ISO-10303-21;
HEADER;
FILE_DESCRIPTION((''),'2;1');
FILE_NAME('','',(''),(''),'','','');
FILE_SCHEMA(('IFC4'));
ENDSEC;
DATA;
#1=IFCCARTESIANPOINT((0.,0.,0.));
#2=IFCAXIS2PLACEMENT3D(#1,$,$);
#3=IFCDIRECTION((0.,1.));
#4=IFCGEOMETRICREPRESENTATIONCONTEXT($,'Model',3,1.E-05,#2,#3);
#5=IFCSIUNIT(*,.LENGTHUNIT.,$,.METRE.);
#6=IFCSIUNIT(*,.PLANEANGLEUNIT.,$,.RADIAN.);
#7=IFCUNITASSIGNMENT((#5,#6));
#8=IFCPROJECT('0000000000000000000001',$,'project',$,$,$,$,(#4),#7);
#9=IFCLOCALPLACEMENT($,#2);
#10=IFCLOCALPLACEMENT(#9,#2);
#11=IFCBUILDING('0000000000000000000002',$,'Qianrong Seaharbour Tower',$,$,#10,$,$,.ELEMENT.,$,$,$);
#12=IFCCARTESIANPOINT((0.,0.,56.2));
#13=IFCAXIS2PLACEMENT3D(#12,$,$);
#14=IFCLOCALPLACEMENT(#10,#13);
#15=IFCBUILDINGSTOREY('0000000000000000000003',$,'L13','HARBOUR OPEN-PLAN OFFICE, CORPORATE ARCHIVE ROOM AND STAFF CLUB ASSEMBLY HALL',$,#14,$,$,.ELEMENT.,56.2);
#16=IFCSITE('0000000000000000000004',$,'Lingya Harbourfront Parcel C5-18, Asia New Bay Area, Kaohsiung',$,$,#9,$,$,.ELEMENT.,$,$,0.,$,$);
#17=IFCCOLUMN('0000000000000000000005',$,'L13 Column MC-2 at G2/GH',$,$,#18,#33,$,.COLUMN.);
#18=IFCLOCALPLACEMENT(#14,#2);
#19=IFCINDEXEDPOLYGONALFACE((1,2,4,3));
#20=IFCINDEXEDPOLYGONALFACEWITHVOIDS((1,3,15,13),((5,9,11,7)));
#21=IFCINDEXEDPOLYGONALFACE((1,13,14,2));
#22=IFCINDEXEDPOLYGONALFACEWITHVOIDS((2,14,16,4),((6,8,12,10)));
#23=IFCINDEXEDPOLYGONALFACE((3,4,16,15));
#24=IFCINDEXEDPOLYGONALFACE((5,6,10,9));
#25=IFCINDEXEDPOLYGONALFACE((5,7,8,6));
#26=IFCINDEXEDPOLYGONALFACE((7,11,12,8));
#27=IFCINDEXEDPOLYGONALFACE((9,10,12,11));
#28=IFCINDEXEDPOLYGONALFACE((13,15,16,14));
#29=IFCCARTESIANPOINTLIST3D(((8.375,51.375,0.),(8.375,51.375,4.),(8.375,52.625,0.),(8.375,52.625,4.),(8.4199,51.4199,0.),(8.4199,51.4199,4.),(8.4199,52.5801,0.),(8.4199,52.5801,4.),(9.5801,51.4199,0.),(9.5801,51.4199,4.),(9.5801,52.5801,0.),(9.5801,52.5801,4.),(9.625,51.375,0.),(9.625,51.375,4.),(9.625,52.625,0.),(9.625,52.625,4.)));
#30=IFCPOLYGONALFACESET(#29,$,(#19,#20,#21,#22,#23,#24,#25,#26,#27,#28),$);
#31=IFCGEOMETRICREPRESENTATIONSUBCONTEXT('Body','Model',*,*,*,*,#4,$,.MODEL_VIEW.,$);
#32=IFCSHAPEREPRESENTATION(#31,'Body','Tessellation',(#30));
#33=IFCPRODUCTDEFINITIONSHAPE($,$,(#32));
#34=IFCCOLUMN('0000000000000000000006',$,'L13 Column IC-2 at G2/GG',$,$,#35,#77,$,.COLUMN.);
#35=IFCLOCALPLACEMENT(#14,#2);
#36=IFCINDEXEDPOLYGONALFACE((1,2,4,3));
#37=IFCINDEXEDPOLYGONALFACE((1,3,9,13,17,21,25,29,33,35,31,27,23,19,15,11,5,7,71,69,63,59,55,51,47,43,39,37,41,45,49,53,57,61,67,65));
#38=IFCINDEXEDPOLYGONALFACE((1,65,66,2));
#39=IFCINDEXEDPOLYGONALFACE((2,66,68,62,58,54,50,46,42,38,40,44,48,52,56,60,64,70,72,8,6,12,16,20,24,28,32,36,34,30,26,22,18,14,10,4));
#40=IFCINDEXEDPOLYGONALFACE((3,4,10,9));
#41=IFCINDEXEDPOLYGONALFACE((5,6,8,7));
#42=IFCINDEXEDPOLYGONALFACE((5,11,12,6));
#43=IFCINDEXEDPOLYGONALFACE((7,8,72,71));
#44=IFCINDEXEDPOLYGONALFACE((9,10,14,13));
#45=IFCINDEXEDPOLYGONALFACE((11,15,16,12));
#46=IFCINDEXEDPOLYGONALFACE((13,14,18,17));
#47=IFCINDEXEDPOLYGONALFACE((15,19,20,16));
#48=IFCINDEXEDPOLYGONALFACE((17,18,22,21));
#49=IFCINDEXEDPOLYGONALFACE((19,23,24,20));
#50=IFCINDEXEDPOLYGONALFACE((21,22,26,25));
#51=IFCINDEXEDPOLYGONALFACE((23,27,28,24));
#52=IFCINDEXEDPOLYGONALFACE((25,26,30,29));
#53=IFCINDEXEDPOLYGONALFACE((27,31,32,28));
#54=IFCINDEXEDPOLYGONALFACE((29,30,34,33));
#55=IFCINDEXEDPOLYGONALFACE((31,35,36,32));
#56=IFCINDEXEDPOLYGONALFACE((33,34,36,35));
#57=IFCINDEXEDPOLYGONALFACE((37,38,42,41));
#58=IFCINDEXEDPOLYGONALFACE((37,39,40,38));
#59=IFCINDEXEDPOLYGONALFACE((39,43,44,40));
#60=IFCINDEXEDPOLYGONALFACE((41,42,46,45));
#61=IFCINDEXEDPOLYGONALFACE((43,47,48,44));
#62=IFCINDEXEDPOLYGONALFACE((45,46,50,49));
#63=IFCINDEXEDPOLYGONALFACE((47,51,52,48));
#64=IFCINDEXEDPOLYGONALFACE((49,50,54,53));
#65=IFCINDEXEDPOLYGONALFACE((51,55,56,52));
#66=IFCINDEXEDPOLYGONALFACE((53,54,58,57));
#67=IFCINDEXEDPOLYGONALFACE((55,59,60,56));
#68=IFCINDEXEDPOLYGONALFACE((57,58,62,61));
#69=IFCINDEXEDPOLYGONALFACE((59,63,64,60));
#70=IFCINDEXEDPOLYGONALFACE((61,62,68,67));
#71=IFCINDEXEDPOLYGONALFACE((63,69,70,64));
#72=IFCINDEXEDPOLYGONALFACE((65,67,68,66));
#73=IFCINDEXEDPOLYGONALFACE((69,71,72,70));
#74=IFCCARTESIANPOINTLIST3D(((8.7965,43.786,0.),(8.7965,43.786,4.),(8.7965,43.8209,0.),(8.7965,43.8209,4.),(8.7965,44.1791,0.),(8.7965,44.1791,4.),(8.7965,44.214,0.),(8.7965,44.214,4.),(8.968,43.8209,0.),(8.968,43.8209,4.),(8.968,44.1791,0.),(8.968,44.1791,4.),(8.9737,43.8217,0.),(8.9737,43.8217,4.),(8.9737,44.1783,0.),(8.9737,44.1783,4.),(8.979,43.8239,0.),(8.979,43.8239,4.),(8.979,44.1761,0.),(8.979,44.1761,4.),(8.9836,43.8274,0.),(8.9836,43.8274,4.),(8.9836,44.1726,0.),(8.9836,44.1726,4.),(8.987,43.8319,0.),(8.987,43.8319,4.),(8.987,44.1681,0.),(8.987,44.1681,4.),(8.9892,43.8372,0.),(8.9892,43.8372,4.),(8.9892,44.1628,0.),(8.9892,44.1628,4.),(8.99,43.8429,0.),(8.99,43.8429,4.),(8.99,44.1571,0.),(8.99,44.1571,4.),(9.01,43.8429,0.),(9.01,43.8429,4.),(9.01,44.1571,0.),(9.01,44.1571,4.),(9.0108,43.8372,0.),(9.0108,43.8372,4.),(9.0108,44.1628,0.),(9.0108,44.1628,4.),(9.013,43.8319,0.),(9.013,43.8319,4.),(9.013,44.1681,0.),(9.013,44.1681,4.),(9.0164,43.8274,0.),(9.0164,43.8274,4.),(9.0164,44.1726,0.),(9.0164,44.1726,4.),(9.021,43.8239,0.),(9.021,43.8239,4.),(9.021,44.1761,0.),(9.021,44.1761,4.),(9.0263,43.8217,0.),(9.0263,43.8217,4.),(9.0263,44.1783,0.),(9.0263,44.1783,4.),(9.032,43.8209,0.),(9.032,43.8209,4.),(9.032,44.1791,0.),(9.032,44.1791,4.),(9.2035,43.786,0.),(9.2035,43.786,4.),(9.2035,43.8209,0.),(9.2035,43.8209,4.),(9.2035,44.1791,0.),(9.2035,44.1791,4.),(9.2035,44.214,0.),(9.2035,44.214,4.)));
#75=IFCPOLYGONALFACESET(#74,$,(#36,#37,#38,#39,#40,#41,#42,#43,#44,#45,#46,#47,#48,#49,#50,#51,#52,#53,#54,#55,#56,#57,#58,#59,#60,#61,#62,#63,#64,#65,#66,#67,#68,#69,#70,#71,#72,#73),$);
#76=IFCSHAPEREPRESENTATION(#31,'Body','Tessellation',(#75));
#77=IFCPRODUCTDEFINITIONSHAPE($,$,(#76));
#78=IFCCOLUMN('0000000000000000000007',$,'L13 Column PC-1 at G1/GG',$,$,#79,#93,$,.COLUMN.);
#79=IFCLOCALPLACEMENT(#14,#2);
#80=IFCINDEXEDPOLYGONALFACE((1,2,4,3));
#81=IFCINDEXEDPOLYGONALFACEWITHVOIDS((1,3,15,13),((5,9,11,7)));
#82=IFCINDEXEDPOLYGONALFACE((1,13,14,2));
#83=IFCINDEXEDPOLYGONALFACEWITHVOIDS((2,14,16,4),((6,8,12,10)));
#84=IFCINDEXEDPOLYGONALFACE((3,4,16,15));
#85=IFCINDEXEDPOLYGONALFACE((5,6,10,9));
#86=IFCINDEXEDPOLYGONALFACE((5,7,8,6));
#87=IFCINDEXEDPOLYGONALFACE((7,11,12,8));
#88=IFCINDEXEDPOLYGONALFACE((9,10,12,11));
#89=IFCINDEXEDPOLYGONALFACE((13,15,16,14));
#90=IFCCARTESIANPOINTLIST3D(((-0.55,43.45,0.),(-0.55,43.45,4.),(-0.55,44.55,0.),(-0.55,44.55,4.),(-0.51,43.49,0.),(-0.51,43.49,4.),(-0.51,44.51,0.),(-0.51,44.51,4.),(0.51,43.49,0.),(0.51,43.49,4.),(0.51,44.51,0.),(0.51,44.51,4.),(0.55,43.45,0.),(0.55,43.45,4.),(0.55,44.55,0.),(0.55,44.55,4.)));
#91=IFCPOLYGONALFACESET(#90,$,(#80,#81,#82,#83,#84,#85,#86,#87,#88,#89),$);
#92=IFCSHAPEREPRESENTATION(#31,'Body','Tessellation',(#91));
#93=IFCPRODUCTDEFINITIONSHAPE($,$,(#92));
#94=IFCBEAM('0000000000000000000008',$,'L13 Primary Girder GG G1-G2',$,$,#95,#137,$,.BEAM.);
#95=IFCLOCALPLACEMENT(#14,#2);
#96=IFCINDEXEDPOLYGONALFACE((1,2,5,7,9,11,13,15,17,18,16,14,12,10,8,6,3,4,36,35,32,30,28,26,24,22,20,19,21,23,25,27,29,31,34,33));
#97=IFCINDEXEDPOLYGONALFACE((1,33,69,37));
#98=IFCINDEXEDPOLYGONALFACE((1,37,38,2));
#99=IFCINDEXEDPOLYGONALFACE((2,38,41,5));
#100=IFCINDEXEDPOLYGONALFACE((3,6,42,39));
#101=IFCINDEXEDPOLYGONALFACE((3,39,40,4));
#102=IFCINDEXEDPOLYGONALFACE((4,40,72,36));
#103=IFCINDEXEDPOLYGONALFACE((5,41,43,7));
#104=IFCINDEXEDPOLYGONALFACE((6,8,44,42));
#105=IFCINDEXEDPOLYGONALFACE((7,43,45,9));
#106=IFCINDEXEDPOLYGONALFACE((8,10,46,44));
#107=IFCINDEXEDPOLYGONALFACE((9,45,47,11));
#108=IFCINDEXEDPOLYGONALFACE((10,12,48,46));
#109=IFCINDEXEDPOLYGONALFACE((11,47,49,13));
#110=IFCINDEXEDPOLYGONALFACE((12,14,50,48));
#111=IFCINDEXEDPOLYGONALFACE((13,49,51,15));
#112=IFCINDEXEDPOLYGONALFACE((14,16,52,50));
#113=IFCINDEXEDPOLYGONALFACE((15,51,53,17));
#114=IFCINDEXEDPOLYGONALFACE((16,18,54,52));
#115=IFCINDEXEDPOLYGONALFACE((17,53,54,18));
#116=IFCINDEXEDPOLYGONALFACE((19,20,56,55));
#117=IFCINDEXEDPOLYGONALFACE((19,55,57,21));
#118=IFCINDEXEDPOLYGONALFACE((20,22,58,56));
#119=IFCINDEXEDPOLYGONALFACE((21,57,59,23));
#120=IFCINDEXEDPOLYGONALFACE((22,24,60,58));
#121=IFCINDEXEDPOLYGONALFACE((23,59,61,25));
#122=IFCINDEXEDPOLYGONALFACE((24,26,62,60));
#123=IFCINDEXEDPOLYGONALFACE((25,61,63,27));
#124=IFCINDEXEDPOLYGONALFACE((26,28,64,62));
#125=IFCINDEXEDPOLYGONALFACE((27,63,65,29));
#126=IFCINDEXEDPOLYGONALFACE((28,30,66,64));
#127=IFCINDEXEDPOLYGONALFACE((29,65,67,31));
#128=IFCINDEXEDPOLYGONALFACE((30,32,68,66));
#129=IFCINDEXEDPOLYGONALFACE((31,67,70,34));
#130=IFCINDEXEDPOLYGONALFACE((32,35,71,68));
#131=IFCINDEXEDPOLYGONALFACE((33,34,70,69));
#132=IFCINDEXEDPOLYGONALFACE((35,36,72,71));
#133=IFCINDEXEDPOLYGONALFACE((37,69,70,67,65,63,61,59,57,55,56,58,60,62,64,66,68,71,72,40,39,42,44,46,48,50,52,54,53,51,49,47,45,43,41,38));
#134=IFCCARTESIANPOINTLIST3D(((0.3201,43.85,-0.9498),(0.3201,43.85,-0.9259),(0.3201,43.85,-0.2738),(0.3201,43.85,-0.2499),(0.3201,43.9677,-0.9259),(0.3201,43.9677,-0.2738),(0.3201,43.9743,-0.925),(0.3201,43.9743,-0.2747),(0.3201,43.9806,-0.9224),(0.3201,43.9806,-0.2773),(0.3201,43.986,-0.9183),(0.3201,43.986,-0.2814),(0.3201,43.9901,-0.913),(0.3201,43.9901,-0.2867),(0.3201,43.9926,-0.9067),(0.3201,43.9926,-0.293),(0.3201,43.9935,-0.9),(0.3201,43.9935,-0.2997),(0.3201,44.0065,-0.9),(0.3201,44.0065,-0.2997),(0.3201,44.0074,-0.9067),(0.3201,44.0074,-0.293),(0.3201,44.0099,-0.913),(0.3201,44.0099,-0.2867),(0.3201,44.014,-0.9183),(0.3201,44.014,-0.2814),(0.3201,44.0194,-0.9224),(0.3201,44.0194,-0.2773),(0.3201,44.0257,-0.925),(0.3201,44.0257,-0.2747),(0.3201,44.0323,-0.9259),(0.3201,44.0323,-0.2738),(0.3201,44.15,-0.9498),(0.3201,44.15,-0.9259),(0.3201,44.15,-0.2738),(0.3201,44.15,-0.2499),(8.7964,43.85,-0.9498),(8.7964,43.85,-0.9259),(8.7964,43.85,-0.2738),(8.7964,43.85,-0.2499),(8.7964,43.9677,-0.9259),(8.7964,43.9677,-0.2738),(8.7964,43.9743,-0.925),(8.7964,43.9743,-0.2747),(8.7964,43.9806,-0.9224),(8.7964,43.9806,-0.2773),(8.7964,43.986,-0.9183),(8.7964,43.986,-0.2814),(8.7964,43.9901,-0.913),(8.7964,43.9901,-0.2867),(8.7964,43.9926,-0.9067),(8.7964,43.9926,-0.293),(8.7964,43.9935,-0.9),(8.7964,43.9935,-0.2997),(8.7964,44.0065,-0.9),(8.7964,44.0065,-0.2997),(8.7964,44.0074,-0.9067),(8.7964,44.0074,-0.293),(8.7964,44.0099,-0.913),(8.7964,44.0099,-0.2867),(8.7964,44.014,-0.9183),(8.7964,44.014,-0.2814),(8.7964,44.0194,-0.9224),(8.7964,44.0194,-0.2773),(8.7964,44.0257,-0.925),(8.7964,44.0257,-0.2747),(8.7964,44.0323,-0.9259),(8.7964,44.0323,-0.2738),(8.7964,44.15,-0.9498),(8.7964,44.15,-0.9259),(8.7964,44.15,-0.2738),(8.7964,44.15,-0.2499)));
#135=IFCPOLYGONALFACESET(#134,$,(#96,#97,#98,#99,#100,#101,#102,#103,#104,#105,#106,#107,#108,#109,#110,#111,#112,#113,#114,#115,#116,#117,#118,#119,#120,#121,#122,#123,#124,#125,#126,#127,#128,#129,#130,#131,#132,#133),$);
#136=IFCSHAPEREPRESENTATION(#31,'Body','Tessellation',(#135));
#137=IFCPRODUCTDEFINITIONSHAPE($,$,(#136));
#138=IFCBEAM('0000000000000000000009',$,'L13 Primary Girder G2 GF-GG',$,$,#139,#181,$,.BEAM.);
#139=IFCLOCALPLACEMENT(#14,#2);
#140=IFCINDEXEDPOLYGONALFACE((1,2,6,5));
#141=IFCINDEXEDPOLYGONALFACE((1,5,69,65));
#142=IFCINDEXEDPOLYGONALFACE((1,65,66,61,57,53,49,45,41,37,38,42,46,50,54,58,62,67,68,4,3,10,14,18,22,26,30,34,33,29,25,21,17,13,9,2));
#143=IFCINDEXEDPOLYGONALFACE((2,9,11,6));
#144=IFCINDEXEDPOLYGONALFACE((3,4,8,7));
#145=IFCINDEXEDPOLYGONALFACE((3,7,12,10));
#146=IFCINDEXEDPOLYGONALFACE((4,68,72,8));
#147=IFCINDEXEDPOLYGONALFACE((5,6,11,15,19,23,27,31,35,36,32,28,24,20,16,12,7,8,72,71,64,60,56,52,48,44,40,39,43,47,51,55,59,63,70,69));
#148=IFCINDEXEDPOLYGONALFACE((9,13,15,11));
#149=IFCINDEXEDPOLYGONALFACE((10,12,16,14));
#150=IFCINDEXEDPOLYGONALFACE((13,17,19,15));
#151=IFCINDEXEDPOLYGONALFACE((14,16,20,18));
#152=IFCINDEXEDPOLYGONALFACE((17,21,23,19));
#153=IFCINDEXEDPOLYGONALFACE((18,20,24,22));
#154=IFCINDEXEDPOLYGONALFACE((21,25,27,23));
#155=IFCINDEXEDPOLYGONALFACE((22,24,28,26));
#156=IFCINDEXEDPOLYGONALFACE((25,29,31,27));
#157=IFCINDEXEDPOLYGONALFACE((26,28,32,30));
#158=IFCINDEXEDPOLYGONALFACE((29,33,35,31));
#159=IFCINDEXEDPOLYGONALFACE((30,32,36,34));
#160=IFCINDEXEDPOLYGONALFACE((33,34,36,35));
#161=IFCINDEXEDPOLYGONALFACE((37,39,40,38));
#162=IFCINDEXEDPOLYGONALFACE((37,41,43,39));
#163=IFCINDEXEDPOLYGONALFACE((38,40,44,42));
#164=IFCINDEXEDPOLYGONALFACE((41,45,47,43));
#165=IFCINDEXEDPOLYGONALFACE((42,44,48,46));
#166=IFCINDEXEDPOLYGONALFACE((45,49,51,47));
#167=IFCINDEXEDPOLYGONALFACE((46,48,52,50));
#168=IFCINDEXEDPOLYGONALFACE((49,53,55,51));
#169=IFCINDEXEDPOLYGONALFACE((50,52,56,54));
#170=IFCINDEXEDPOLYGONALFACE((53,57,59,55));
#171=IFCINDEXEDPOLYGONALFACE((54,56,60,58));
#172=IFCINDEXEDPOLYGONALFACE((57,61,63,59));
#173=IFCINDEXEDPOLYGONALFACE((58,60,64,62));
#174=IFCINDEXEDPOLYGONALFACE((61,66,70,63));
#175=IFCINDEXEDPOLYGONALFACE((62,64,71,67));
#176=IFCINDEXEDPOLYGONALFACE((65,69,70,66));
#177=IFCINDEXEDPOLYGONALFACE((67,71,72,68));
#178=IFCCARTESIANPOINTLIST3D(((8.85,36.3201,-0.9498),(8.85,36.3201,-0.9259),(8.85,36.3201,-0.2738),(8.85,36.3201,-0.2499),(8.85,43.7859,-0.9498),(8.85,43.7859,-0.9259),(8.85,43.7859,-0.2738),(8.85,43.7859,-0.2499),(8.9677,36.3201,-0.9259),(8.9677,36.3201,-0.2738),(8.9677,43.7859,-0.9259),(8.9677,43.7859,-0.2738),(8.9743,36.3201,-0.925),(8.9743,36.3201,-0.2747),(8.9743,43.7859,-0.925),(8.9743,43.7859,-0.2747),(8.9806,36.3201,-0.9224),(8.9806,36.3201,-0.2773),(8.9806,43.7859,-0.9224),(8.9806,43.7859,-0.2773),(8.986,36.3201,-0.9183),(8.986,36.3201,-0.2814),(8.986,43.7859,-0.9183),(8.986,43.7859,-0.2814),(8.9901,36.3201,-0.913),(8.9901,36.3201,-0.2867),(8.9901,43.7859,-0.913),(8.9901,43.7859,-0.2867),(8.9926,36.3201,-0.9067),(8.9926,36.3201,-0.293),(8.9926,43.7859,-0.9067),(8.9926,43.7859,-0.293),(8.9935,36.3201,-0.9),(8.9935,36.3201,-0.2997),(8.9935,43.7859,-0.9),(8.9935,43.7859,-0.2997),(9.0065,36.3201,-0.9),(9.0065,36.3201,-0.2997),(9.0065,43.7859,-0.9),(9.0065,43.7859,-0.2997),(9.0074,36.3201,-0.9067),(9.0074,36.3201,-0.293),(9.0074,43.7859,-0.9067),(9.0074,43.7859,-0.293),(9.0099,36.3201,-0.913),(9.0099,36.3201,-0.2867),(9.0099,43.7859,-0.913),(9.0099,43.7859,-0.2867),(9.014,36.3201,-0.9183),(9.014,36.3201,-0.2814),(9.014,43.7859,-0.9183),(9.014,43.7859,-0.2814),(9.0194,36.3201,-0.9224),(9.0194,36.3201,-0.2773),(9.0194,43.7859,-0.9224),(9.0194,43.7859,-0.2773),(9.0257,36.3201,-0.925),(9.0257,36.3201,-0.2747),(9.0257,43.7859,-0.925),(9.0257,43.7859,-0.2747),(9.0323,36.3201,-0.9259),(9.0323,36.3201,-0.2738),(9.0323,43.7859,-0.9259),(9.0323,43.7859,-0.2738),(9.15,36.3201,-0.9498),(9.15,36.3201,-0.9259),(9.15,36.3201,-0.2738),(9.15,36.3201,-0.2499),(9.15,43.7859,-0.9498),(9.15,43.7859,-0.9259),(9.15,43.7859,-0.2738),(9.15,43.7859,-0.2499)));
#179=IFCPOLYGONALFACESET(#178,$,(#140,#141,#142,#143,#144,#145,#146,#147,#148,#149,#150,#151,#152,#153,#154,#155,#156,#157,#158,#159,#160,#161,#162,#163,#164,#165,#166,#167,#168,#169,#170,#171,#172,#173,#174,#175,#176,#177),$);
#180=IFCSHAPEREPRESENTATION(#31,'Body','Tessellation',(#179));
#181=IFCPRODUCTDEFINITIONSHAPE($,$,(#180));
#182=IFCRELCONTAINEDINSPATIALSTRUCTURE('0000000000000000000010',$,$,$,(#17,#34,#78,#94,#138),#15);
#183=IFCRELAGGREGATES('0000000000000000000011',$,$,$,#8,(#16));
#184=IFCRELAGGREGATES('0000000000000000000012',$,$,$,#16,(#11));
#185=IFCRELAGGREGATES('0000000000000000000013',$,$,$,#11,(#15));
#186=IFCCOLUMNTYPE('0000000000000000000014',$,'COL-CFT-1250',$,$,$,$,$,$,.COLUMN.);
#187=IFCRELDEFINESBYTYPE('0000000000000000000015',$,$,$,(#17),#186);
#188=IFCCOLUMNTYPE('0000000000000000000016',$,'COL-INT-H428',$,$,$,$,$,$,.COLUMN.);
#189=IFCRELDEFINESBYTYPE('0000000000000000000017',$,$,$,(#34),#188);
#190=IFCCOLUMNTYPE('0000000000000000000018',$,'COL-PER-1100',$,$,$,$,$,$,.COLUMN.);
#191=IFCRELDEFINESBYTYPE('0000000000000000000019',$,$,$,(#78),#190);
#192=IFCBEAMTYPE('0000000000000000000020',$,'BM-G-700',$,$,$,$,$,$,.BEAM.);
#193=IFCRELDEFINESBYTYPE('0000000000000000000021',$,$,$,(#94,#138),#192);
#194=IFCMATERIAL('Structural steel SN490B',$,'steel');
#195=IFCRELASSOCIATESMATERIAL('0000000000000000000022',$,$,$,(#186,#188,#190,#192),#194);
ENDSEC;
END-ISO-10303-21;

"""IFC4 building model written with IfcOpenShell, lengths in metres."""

from ifc_helpers import new_model, si_unit, direction, frame, origin, origin_2d, place, context, subcontext, project, spatial, hollow_rectangle, i_section, extrude, material, material_profile, profile_set, type_object, element, save


model = new_model("IFC4")

# Units and contexts
model_context = context("Model", 3, precision=1e-05, world=origin(), true_north=direction((0.0, 1.0)))
body_context = subcontext(model_context, "Body", "Model", "MODEL_VIEW")
ifc_project = project(units=[si_unit("LENGTHUNIT", "METRE"), si_unit("PLANEANGLEUNIT", "RADIAN")], contexts=[model_context])

# Site, building, storey
site_placement = place(None, origin())
site = spatial("IfcSite", under=ifc_project, at=site_placement, Name="Lingya Harbourfront Parcel C5-18, Asia New Bay Area, Kaohsiung", CompositionType="ELEMENT", RefElevation=0.0)
building_placement = place(site_placement, origin())
building = spatial("IfcBuilding", under=site, at=building_placement, Name="Qianrong Seaharbour Tower", CompositionType="ELEMENT")
storey_placement = place(building_placement, frame((0.0, 0.0, 56.2)))
storey = spatial("IfcBuildingStorey", under=building, at=storey_placement, Name="L13", Description="HARBOUR OPEN-PLAN OFFICE, CORPORATE ARCHIVE ROOM AND STAFF CLUB ASSEMBLY HALL", CompositionType="ELEMENT", Elevation=56.2)

# Columns
ifc_material_1 = material(Name="Structural steel SN490B", Category="steel")
ifc_material_profile_1 = material_profile(ifc_material_1, hollow_rectangle(XDim=1.25, YDim=1.25, WallThickness=0.0449, at=origin_2d()), Name="BOX1250x1250x45")
ifc_profile_set_1 = profile_set([ifc_material_profile_1], Name="Structural steel SN490B")
column_type_1 = type_object("IfcColumnType", Name="COL-CFT-1250", PredefinedType="COLUMN", material=ifc_profile_set_1)
column_1_placement = place(storey_placement, frame((9.0, 52.0, 0.0), z_axis=(0.0, 0.0, 1.0), x_axis=(1.0, 0.0, 0.0)))
element("IfcColumn", 1, at=column_1_placement, inside=storey, type_object=column_type_1, Name="L13 Column MC-2 at G2/GH", PredefinedType="COLUMN", context=body_context, shape_type="SweptSolid", body=[
    extrude(hollow_rectangle(XDim=1.25, YDim=1.25, WallThickness=0.0449, at=origin_2d()), origin(), (0.0, 0.0, 1.0), 4.0),
])
ifc_material_profile_2 = material_profile(ifc_material_1, i_section(OverallWidth=0.407, OverallDepth=0.428, WebThickness=0.02, FlangeThickness=0.0349, FilletRadius=0.022, at=origin_2d()), Name="H428x407x20x35")
ifc_profile_set_2 = profile_set([ifc_material_profile_2], Name="Structural steel SN490B")
column_type_2 = type_object("IfcColumnType", Name="COL-INT-H428", PredefinedType="COLUMN", material=ifc_profile_set_2)
column_2_placement = place(storey_placement, frame((9.0, 44.0, 0.0), z_axis=(0.0, 0.0, 1.0), x_axis=(1.0, 0.0, 0.0)))
element("IfcColumn", 2, at=column_2_placement, inside=storey, type_object=column_type_2, Name="L13 Column IC-2 at G2/GG", PredefinedType="COLUMN", context=body_context, shape_type="SweptSolid", body=[
    extrude(i_section(OverallWidth=0.407, OverallDepth=0.428, WebThickness=0.02, FlangeThickness=0.0349, FilletRadius=0.022, at=origin_2d()), origin(), (0.0, 0.0, 1.0), 4.0),
])
ifc_material_profile_3 = material_profile(ifc_material_1, hollow_rectangle(XDim=1.1001, YDim=1.1001, WallThickness=0.04, at=origin_2d()), Name="BOX1100x1100x40")
ifc_profile_set_3 = profile_set([ifc_material_profile_3], Name="Structural steel SN490B")
column_type_3 = type_object("IfcColumnType", Name="COL-PER-1100", PredefinedType="COLUMN", material=ifc_profile_set_3)
column_3_placement = place(storey_placement, frame((0.0, 44.0, 0.0), z_axis=(0.0, 0.0, 1.0), x_axis=(1.0, 0.0, 0.0)))
element("IfcColumn", 3, at=column_3_placement, inside=storey, type_object=column_type_3, Name="L13 Column PC-1 at G1/GG", PredefinedType="COLUMN", context=body_context, shape_type="SweptSolid", body=[
    extrude(hollow_rectangle(XDim=1.1001, YDim=1.1001, WallThickness=0.04, at=origin_2d()), origin(), (0.0, 0.0, 1.0), 4.0),
])

# Beams
ifc_material_profile_4 = material_profile(ifc_material_1, i_section(OverallWidth=0.3, OverallDepth=0.7, WebThickness=0.0129, FlangeThickness=0.0239, FilletRadius=0.0259, at=origin_2d()), Name="H700x300x13x24")
ifc_profile_set_4 = profile_set([ifc_material_profile_4], Name="Structural steel SN490B")
beam_type_1 = type_object("IfcBeamType", Name="BM-G-700", PredefinedType="BEAM", material=ifc_profile_set_4)
beam_1_placement = place(storey_placement, frame((0.3201, 44.0, -0.5999), z_axis=(1.0, 0.0, 0.0), x_axis=(0.0, 1.0, 0.0)))
element("IfcBeam", 4, at=beam_1_placement, inside=storey, type_object=beam_type_1, Name="L13 Primary Girder GG G1-G2", PredefinedType="BEAM", context=body_context, shape_type="SweptSolid", body=[
    extrude(i_section(OverallWidth=0.3, OverallDepth=0.7, WebThickness=0.0129, FlangeThickness=0.0239, FilletRadius=0.0259, at=origin_2d()), origin(), (0.0, 0.0, 1.0), 8.4763),
])
for number, where, z_axis, x_axis, name in (
    (5, (9.0, 36.3201, -0.5999), (0.0, 1.0, 0.0), (-1.0, 0.0, 0.0), "L13 Primary Girder G2 GF-GG"),
):
    element("IfcBeam", number, at=place(storey_placement, frame(where, z_axis=z_axis, x_axis=x_axis)), inside=storey, type_object=beam_type_1, Name=name, PredefinedType="BEAM", context=body_context, shape_type="SweptSolid", body=[
        extrude(i_section(OverallWidth=0.3, OverallDepth=0.7, WebThickness=0.0129, FlangeThickness=0.0239, FilletRadius=0.0259, at=origin_2d()), origin(), (0.0, 0.0, 1.0), 7.4658),
    ])

save(model, "model.ifc")
